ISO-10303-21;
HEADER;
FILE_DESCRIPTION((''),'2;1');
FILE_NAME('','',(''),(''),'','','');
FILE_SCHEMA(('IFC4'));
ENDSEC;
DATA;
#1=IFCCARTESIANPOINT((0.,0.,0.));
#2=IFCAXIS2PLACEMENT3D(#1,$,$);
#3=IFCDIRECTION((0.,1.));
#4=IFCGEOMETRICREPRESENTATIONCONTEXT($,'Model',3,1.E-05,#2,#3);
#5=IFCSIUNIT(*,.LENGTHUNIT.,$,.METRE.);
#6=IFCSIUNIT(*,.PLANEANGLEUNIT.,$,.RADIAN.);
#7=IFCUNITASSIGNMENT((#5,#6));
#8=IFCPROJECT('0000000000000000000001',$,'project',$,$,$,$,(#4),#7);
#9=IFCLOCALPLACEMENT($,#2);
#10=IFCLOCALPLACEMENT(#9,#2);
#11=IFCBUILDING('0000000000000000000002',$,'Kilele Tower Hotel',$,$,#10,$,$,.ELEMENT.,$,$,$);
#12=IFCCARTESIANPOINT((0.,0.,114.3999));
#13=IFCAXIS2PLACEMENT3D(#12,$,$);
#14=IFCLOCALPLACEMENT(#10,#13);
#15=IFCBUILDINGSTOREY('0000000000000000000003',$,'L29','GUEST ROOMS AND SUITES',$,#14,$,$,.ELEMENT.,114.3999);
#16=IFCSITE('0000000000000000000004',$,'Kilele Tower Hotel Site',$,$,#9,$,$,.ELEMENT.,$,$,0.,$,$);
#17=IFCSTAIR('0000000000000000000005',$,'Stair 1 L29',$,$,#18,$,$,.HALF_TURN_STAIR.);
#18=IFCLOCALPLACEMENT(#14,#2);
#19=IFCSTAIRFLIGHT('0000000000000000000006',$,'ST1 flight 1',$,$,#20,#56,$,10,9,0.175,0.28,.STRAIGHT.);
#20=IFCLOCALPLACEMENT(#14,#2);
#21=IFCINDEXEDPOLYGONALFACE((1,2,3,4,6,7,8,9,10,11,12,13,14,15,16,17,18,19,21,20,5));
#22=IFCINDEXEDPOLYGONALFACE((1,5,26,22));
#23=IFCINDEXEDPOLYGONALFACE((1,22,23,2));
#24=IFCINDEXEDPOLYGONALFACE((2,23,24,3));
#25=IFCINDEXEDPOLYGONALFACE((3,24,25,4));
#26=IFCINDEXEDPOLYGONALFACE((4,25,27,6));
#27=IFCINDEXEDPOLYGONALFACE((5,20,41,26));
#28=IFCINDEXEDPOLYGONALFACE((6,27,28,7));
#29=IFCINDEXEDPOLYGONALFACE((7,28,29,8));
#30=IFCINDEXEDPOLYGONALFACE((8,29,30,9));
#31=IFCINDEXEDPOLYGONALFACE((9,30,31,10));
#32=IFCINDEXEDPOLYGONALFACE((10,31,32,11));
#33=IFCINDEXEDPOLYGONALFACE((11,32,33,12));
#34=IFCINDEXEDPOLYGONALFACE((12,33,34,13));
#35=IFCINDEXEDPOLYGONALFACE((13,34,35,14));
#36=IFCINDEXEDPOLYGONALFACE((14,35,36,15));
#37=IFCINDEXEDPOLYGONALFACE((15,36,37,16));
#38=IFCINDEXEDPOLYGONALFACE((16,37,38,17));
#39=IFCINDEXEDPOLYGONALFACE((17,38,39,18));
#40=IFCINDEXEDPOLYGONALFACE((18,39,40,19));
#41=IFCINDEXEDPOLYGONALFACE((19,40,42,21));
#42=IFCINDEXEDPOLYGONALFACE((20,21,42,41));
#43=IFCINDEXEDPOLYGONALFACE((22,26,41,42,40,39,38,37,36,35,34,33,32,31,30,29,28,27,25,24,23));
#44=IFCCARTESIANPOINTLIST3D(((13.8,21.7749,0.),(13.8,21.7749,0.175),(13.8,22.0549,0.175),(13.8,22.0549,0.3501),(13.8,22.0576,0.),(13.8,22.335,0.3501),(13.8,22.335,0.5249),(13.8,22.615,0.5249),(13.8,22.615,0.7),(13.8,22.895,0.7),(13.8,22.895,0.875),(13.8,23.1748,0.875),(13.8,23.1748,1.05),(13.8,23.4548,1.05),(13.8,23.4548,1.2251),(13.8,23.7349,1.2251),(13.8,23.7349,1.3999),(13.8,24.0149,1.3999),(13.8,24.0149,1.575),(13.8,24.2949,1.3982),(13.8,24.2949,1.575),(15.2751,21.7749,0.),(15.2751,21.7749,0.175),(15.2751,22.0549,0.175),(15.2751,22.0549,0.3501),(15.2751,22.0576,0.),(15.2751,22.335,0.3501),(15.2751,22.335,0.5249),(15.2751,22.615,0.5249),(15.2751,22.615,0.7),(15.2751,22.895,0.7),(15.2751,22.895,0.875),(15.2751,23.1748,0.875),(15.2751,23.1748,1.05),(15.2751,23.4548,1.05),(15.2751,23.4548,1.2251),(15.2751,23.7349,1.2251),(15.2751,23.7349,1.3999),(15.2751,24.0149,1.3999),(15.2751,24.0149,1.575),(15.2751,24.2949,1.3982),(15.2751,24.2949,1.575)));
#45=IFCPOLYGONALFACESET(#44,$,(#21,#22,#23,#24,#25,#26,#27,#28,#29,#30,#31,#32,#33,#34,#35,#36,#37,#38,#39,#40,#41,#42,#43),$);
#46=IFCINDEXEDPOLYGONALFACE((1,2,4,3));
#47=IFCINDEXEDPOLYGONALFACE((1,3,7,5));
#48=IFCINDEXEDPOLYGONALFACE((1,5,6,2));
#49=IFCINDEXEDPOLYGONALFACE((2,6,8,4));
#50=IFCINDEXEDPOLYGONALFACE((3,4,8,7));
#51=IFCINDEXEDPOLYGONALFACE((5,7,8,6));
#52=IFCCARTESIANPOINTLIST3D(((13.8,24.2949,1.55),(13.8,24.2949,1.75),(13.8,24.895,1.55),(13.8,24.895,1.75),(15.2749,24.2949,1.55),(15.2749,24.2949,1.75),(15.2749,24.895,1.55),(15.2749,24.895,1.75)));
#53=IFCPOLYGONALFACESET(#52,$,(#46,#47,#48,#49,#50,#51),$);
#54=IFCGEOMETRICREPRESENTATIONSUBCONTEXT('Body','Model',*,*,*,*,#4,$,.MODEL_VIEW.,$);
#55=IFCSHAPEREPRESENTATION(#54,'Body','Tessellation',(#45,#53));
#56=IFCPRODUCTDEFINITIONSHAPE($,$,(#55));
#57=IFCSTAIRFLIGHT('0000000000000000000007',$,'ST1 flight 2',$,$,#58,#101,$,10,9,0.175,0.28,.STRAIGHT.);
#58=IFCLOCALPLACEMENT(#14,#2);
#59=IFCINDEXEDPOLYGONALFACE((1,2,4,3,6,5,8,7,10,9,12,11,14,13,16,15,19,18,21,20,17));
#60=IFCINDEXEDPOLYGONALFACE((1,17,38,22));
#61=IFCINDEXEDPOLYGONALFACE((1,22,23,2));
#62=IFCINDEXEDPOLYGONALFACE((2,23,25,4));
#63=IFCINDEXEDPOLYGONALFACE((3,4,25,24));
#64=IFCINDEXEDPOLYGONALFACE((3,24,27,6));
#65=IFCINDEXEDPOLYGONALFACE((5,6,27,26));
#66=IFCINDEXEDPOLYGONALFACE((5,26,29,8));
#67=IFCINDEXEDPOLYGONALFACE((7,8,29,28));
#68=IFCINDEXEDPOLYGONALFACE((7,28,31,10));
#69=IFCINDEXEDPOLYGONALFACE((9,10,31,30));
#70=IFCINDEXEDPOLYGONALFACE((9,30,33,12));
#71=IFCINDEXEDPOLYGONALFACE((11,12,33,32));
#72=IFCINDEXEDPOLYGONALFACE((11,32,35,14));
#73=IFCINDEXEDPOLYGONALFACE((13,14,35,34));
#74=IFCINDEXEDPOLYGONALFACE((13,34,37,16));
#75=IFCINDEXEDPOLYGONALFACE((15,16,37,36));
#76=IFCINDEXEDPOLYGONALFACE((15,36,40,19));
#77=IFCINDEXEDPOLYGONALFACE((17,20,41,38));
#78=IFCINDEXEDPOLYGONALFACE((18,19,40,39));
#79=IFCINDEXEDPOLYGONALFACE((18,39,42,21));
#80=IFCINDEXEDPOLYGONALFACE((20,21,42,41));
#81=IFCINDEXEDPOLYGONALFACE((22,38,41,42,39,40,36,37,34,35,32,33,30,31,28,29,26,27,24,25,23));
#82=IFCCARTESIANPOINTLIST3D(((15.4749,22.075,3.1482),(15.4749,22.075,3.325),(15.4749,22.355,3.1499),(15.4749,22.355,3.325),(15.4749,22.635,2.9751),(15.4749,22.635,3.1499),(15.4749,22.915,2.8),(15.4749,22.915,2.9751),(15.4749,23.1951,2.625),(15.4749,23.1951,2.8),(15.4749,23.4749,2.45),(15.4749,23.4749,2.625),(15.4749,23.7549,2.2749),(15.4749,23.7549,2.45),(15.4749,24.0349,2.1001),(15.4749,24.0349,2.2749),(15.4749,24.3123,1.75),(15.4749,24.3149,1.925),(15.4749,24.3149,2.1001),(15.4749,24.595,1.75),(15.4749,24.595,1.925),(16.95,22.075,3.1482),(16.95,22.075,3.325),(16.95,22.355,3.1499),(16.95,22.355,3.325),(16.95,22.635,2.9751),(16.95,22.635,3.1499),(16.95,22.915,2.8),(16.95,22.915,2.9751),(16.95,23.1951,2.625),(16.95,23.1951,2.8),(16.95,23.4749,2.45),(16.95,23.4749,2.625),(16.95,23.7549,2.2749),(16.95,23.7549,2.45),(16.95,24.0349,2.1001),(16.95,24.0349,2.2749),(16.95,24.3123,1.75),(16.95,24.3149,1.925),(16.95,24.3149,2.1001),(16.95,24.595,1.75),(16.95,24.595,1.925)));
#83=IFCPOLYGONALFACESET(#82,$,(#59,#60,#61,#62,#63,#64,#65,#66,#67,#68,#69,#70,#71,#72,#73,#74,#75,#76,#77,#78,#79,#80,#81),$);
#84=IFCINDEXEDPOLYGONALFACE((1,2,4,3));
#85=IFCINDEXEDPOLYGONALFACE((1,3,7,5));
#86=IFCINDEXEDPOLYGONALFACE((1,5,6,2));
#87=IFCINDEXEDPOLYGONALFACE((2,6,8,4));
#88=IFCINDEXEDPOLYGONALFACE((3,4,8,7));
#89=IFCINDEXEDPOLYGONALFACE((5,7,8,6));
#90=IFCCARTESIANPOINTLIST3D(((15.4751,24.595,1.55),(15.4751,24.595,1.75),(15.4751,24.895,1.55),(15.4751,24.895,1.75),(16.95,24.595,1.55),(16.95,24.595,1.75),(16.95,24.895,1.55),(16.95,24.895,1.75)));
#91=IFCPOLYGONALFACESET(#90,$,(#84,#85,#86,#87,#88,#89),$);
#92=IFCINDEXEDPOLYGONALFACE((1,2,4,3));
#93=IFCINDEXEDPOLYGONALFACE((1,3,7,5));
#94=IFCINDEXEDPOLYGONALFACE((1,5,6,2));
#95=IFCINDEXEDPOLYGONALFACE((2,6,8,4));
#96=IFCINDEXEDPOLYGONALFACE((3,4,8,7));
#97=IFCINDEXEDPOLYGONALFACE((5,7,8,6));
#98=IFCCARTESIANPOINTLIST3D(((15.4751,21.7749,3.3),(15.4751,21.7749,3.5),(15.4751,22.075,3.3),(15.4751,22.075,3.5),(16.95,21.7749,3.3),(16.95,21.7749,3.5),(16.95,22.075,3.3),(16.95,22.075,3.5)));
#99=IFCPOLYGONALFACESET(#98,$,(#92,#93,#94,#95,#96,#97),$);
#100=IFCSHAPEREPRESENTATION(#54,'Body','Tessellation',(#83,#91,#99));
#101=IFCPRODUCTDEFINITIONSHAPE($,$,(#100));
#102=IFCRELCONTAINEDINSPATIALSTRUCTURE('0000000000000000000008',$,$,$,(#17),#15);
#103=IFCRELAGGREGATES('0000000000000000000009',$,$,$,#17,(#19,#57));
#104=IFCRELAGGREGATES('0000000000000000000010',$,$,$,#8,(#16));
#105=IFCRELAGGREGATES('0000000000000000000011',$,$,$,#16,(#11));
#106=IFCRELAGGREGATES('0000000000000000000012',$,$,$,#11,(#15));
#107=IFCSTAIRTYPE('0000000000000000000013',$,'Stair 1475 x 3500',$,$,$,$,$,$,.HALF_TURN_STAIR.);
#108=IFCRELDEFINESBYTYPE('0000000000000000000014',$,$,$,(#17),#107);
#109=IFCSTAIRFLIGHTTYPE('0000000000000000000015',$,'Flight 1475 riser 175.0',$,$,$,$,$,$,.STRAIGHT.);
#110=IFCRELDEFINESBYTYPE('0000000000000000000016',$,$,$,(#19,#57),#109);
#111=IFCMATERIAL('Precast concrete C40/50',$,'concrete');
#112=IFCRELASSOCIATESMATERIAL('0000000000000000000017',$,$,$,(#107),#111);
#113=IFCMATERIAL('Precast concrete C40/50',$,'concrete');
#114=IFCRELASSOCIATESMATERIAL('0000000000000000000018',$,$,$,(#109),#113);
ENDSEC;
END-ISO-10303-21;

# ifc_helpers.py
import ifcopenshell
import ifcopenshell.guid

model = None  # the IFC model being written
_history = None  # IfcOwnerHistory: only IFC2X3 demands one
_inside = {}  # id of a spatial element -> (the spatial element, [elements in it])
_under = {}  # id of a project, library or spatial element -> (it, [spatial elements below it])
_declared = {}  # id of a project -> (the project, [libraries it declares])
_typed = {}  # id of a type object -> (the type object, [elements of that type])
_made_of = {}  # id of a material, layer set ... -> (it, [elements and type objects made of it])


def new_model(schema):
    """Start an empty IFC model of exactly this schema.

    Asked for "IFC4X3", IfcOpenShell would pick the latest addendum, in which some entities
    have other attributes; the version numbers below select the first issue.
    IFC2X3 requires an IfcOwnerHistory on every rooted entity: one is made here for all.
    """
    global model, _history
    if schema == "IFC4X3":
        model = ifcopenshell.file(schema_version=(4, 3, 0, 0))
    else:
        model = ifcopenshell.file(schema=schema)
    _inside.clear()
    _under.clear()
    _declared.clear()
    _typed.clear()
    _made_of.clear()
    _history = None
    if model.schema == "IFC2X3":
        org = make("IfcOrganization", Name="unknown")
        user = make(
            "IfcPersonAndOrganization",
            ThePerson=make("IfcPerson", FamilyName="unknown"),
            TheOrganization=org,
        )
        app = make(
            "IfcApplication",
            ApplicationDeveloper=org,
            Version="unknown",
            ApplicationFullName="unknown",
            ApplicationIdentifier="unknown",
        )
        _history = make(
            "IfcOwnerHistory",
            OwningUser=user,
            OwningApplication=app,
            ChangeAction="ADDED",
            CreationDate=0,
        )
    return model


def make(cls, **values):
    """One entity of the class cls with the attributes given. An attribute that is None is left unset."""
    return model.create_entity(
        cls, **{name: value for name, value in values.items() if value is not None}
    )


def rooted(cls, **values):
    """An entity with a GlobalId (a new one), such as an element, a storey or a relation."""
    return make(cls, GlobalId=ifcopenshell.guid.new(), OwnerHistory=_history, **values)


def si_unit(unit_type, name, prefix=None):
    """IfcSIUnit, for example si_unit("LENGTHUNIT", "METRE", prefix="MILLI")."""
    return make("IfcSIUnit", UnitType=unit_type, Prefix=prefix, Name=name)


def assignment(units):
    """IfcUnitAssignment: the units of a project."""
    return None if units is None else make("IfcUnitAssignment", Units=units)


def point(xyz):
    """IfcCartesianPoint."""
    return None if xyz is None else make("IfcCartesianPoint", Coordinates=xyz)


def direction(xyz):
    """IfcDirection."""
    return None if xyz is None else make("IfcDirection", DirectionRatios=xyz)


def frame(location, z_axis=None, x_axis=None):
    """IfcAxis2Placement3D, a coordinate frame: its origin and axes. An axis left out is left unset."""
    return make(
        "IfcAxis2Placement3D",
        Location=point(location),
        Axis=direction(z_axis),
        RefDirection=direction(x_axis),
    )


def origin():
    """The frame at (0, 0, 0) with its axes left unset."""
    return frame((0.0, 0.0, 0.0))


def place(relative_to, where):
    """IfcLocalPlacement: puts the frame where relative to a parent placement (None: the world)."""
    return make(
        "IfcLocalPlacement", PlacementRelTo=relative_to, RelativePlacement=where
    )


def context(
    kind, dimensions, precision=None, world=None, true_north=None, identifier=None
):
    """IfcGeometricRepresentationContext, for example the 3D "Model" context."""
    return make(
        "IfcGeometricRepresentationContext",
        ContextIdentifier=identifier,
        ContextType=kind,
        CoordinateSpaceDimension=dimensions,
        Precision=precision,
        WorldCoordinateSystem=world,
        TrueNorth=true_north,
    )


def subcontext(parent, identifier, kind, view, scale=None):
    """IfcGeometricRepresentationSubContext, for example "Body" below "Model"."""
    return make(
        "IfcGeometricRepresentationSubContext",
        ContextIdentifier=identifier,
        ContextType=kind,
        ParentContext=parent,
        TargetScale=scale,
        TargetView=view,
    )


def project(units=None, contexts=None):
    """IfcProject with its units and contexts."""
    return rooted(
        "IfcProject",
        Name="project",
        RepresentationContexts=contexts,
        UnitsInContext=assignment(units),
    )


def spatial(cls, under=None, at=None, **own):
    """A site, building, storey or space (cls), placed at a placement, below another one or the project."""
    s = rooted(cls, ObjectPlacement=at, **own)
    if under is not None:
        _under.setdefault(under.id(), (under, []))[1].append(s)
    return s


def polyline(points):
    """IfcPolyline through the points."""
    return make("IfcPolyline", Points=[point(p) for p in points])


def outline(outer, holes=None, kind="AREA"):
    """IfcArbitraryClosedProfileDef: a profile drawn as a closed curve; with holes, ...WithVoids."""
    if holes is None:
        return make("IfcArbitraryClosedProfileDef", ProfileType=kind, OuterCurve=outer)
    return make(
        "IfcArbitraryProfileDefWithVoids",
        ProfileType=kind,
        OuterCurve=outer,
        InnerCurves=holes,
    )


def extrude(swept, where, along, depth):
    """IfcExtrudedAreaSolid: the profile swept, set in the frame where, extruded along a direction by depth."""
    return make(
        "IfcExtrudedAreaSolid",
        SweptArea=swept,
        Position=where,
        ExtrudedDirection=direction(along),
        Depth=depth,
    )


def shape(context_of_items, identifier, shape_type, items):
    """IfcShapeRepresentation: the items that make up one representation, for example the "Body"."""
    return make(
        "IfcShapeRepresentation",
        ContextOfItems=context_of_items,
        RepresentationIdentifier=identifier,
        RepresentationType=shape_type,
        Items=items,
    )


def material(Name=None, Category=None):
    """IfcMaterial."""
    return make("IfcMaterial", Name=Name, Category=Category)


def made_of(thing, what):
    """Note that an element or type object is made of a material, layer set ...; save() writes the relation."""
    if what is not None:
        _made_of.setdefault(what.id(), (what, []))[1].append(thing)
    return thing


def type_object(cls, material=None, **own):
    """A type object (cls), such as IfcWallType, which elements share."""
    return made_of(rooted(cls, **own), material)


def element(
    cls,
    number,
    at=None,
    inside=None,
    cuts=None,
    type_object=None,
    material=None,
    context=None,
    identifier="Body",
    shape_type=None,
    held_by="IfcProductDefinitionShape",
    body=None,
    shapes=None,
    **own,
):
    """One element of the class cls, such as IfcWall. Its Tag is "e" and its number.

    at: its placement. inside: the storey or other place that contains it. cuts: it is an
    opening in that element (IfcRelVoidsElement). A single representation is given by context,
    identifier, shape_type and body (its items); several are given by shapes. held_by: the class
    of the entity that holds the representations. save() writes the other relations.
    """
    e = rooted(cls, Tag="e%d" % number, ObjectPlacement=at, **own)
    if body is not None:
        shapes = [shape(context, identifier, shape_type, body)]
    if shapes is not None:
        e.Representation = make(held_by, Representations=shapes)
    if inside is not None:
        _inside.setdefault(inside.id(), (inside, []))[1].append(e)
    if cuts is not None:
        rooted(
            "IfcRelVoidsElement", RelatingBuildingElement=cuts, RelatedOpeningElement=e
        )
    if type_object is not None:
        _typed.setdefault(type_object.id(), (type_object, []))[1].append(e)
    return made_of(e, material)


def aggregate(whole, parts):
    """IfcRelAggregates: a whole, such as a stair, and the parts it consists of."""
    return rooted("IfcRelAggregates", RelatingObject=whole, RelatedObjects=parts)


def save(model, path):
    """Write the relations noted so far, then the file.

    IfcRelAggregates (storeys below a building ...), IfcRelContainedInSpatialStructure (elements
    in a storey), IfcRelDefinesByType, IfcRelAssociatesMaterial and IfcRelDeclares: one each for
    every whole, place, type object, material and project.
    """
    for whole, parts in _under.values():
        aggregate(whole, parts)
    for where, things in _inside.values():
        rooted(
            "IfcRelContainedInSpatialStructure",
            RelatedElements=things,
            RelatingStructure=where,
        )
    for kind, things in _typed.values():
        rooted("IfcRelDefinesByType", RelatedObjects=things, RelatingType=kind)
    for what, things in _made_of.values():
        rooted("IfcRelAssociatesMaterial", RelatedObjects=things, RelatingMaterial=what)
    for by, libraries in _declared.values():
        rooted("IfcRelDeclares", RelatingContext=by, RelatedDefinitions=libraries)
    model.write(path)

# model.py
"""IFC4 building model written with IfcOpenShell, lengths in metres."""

from ifc_helpers import new_model, si_unit, direction, frame, origin, place, context, subcontext, project, spatial, polyline, outline, extrude, material, type_object, element, aggregate, save


model = new_model("IFC4")

# Units and contexts
model_context = context("Model", 3, precision=1e-05, world=origin(), true_north=direction((0.0, 1.0)))
body_context = subcontext(model_context, "Body", "Model", "MODEL_VIEW")
ifc_project = project(units=[si_unit("LENGTHUNIT", "METRE"), si_unit("PLANEANGLEUNIT", "RADIAN")], contexts=[model_context])

# Site, building, storey
site_placement = place(None, origin())
site = spatial("IfcSite", under=ifc_project, at=site_placement, Name="Kilele Tower Hotel Site", CompositionType="ELEMENT", RefElevation=0.0)
building_placement = place(site_placement, origin())
building = spatial("IfcBuilding", under=site, at=building_placement, Name="Kilele Tower Hotel", CompositionType="ELEMENT")
storey_placement = place(building_placement, frame((0.0, 0.0, 114.3999)))
storey = spatial("IfcBuildingStorey", under=building, at=storey_placement, Name="L29", Description="GUEST ROOMS AND SUITES", CompositionType="ELEMENT", Elevation=114.3999)

# Stair, stair flights
ifc_material_1 = material(Name="Precast concrete C40/50", Category="concrete")
stair_type = type_object("IfcStairType", Name="Stair 1475 x 3500", PredefinedType="HALF_TURN_STAIR", material=ifc_material_1)
stair_placement = place(storey_placement, origin())
stair = element("IfcStair", 1, at=stair_placement, inside=storey, type_object=stair_type, Name="Stair 1 L29", PredefinedType="HALF_TURN_STAIR")
ifc_material_2 = material(Name="Precast concrete C40/50", Category="concrete")
stair_flight_type = type_object("IfcStairFlightType", Name="Flight 1475 riser 175.0", PredefinedType="STRAIGHT", material=ifc_material_2)
stair_flight_1_placement = place(storey_placement, frame((14.5376, 21.7749, 0.0), z_axis=(0.0, 0.0, 1.0), x_axis=(0.0, 1.0, 0.0)))
stair_flight_1 = element("IfcStairFlight", 2, at=stair_flight_1_placement, type_object=stair_flight_type, Name="ST1 flight 1", NumberOfRisers=10, NumberOfTreads=9, PredefinedType="STRAIGHT", RiserHeight=0.175, TreadLength=0.28, context=body_context, shape_type="SweptSolid", body=[
    extrude(outline(polyline([(0.0, 0.0), (0.0, 0.175), (0.28, 0.175), (0.28, 0.3501), (0.5601, 0.3501), (0.5601, 0.5249), (0.8401, 0.5249), (0.8401, 0.7), (1.1201, 0.7), (1.1201, 0.875), (1.3999, 0.875), (1.3999, 1.05), (1.6799, 1.05), (1.6799, 1.2251), (1.96, 1.2251), (1.96, 1.3999), (2.24, 1.3999), (2.24, 1.575), (2.52, 1.575), (2.52, 1.75), (2.52, 1.3982), (0.2827, 0.0), (0.0, 0.0)])), frame((0.0, 0.7375, 0.0), z_axis=(0.0, -1.0, 0.0), x_axis=(1.0, 0.0, 0.0)), (0.0, 0.0, 1.0), 1.4751),
    extrude(outline(polyline([(2.52, 0.7375), (2.52, -0.7373), (3.1201, -0.7373), (3.1201, 0.7375), (2.52, 0.7375)])), frame((0.0, 0.0, 1.55)), (0.0, 0.0, 1.0), 0.2),
])
stair_flight_2_placement = place(storey_placement, frame((16.2124, 24.595, 1.75), z_axis=(0.0, 0.0, 1.0), x_axis=(0.0, -1.0, 0.0)))
stair_flight_2 = element("IfcStairFlight", 3, at=stair_flight_2_placement, type_object=stair_flight_type, Name="ST1 flight 2", NumberOfRisers=10, NumberOfTreads=9, PredefinedType="STRAIGHT", RiserHeight=0.175, TreadLength=0.28, context=body_context, shape_type="SweptSolid", body=[
    extrude(outline(polyline([(0.0, 0.0), (0.0, 0.175), (0.28, 0.175), (0.28, 0.3501), (0.5601, 0.3501), (0.5601, 0.5249), (0.8401, 0.5249), (0.8401, 0.7), (1.1201, 0.7), (1.1201, 0.875), (1.3999, 0.875), (1.3999, 1.05), (1.6799, 1.05), (1.6799, 1.2251), (1.96, 1.2251), (1.96, 1.3999), (2.24, 1.3999), (2.24, 1.575), (2.52, 1.575), (2.52, 1.75), (2.52, 1.3982), (0.2827, 0.0), (0.0, 0.0)])), frame((0.0, 0.7375, 0.0), z_axis=(0.0, -1.0, 0.0), x_axis=(1.0, 0.0, 0.0)), (0.0, 0.0, 1.0), 1.4751),
    extrude(outline(polyline([(0.0, -0.7373), (0.0, 0.7375), (-0.3, 0.7375), (-0.3, -0.7373), (0.0, -0.7373)])), frame((0.0, 0.0, -0.2)), (0.0, 0.0, 1.0), 0.2),
    extrude(outline(polyline([(2.8201, -0.7373), (2.8201, 0.7375), (2.52, 0.7375), (2.52, -0.7373), (2.8201, -0.7373)])), frame((0.0, 0.0, 1.55)), (0.0, 0.0, 1.0), 0.2),
])
aggregate(stair, [stair_flight_1, stair_flight_2])

save(model, "model.ifc")
